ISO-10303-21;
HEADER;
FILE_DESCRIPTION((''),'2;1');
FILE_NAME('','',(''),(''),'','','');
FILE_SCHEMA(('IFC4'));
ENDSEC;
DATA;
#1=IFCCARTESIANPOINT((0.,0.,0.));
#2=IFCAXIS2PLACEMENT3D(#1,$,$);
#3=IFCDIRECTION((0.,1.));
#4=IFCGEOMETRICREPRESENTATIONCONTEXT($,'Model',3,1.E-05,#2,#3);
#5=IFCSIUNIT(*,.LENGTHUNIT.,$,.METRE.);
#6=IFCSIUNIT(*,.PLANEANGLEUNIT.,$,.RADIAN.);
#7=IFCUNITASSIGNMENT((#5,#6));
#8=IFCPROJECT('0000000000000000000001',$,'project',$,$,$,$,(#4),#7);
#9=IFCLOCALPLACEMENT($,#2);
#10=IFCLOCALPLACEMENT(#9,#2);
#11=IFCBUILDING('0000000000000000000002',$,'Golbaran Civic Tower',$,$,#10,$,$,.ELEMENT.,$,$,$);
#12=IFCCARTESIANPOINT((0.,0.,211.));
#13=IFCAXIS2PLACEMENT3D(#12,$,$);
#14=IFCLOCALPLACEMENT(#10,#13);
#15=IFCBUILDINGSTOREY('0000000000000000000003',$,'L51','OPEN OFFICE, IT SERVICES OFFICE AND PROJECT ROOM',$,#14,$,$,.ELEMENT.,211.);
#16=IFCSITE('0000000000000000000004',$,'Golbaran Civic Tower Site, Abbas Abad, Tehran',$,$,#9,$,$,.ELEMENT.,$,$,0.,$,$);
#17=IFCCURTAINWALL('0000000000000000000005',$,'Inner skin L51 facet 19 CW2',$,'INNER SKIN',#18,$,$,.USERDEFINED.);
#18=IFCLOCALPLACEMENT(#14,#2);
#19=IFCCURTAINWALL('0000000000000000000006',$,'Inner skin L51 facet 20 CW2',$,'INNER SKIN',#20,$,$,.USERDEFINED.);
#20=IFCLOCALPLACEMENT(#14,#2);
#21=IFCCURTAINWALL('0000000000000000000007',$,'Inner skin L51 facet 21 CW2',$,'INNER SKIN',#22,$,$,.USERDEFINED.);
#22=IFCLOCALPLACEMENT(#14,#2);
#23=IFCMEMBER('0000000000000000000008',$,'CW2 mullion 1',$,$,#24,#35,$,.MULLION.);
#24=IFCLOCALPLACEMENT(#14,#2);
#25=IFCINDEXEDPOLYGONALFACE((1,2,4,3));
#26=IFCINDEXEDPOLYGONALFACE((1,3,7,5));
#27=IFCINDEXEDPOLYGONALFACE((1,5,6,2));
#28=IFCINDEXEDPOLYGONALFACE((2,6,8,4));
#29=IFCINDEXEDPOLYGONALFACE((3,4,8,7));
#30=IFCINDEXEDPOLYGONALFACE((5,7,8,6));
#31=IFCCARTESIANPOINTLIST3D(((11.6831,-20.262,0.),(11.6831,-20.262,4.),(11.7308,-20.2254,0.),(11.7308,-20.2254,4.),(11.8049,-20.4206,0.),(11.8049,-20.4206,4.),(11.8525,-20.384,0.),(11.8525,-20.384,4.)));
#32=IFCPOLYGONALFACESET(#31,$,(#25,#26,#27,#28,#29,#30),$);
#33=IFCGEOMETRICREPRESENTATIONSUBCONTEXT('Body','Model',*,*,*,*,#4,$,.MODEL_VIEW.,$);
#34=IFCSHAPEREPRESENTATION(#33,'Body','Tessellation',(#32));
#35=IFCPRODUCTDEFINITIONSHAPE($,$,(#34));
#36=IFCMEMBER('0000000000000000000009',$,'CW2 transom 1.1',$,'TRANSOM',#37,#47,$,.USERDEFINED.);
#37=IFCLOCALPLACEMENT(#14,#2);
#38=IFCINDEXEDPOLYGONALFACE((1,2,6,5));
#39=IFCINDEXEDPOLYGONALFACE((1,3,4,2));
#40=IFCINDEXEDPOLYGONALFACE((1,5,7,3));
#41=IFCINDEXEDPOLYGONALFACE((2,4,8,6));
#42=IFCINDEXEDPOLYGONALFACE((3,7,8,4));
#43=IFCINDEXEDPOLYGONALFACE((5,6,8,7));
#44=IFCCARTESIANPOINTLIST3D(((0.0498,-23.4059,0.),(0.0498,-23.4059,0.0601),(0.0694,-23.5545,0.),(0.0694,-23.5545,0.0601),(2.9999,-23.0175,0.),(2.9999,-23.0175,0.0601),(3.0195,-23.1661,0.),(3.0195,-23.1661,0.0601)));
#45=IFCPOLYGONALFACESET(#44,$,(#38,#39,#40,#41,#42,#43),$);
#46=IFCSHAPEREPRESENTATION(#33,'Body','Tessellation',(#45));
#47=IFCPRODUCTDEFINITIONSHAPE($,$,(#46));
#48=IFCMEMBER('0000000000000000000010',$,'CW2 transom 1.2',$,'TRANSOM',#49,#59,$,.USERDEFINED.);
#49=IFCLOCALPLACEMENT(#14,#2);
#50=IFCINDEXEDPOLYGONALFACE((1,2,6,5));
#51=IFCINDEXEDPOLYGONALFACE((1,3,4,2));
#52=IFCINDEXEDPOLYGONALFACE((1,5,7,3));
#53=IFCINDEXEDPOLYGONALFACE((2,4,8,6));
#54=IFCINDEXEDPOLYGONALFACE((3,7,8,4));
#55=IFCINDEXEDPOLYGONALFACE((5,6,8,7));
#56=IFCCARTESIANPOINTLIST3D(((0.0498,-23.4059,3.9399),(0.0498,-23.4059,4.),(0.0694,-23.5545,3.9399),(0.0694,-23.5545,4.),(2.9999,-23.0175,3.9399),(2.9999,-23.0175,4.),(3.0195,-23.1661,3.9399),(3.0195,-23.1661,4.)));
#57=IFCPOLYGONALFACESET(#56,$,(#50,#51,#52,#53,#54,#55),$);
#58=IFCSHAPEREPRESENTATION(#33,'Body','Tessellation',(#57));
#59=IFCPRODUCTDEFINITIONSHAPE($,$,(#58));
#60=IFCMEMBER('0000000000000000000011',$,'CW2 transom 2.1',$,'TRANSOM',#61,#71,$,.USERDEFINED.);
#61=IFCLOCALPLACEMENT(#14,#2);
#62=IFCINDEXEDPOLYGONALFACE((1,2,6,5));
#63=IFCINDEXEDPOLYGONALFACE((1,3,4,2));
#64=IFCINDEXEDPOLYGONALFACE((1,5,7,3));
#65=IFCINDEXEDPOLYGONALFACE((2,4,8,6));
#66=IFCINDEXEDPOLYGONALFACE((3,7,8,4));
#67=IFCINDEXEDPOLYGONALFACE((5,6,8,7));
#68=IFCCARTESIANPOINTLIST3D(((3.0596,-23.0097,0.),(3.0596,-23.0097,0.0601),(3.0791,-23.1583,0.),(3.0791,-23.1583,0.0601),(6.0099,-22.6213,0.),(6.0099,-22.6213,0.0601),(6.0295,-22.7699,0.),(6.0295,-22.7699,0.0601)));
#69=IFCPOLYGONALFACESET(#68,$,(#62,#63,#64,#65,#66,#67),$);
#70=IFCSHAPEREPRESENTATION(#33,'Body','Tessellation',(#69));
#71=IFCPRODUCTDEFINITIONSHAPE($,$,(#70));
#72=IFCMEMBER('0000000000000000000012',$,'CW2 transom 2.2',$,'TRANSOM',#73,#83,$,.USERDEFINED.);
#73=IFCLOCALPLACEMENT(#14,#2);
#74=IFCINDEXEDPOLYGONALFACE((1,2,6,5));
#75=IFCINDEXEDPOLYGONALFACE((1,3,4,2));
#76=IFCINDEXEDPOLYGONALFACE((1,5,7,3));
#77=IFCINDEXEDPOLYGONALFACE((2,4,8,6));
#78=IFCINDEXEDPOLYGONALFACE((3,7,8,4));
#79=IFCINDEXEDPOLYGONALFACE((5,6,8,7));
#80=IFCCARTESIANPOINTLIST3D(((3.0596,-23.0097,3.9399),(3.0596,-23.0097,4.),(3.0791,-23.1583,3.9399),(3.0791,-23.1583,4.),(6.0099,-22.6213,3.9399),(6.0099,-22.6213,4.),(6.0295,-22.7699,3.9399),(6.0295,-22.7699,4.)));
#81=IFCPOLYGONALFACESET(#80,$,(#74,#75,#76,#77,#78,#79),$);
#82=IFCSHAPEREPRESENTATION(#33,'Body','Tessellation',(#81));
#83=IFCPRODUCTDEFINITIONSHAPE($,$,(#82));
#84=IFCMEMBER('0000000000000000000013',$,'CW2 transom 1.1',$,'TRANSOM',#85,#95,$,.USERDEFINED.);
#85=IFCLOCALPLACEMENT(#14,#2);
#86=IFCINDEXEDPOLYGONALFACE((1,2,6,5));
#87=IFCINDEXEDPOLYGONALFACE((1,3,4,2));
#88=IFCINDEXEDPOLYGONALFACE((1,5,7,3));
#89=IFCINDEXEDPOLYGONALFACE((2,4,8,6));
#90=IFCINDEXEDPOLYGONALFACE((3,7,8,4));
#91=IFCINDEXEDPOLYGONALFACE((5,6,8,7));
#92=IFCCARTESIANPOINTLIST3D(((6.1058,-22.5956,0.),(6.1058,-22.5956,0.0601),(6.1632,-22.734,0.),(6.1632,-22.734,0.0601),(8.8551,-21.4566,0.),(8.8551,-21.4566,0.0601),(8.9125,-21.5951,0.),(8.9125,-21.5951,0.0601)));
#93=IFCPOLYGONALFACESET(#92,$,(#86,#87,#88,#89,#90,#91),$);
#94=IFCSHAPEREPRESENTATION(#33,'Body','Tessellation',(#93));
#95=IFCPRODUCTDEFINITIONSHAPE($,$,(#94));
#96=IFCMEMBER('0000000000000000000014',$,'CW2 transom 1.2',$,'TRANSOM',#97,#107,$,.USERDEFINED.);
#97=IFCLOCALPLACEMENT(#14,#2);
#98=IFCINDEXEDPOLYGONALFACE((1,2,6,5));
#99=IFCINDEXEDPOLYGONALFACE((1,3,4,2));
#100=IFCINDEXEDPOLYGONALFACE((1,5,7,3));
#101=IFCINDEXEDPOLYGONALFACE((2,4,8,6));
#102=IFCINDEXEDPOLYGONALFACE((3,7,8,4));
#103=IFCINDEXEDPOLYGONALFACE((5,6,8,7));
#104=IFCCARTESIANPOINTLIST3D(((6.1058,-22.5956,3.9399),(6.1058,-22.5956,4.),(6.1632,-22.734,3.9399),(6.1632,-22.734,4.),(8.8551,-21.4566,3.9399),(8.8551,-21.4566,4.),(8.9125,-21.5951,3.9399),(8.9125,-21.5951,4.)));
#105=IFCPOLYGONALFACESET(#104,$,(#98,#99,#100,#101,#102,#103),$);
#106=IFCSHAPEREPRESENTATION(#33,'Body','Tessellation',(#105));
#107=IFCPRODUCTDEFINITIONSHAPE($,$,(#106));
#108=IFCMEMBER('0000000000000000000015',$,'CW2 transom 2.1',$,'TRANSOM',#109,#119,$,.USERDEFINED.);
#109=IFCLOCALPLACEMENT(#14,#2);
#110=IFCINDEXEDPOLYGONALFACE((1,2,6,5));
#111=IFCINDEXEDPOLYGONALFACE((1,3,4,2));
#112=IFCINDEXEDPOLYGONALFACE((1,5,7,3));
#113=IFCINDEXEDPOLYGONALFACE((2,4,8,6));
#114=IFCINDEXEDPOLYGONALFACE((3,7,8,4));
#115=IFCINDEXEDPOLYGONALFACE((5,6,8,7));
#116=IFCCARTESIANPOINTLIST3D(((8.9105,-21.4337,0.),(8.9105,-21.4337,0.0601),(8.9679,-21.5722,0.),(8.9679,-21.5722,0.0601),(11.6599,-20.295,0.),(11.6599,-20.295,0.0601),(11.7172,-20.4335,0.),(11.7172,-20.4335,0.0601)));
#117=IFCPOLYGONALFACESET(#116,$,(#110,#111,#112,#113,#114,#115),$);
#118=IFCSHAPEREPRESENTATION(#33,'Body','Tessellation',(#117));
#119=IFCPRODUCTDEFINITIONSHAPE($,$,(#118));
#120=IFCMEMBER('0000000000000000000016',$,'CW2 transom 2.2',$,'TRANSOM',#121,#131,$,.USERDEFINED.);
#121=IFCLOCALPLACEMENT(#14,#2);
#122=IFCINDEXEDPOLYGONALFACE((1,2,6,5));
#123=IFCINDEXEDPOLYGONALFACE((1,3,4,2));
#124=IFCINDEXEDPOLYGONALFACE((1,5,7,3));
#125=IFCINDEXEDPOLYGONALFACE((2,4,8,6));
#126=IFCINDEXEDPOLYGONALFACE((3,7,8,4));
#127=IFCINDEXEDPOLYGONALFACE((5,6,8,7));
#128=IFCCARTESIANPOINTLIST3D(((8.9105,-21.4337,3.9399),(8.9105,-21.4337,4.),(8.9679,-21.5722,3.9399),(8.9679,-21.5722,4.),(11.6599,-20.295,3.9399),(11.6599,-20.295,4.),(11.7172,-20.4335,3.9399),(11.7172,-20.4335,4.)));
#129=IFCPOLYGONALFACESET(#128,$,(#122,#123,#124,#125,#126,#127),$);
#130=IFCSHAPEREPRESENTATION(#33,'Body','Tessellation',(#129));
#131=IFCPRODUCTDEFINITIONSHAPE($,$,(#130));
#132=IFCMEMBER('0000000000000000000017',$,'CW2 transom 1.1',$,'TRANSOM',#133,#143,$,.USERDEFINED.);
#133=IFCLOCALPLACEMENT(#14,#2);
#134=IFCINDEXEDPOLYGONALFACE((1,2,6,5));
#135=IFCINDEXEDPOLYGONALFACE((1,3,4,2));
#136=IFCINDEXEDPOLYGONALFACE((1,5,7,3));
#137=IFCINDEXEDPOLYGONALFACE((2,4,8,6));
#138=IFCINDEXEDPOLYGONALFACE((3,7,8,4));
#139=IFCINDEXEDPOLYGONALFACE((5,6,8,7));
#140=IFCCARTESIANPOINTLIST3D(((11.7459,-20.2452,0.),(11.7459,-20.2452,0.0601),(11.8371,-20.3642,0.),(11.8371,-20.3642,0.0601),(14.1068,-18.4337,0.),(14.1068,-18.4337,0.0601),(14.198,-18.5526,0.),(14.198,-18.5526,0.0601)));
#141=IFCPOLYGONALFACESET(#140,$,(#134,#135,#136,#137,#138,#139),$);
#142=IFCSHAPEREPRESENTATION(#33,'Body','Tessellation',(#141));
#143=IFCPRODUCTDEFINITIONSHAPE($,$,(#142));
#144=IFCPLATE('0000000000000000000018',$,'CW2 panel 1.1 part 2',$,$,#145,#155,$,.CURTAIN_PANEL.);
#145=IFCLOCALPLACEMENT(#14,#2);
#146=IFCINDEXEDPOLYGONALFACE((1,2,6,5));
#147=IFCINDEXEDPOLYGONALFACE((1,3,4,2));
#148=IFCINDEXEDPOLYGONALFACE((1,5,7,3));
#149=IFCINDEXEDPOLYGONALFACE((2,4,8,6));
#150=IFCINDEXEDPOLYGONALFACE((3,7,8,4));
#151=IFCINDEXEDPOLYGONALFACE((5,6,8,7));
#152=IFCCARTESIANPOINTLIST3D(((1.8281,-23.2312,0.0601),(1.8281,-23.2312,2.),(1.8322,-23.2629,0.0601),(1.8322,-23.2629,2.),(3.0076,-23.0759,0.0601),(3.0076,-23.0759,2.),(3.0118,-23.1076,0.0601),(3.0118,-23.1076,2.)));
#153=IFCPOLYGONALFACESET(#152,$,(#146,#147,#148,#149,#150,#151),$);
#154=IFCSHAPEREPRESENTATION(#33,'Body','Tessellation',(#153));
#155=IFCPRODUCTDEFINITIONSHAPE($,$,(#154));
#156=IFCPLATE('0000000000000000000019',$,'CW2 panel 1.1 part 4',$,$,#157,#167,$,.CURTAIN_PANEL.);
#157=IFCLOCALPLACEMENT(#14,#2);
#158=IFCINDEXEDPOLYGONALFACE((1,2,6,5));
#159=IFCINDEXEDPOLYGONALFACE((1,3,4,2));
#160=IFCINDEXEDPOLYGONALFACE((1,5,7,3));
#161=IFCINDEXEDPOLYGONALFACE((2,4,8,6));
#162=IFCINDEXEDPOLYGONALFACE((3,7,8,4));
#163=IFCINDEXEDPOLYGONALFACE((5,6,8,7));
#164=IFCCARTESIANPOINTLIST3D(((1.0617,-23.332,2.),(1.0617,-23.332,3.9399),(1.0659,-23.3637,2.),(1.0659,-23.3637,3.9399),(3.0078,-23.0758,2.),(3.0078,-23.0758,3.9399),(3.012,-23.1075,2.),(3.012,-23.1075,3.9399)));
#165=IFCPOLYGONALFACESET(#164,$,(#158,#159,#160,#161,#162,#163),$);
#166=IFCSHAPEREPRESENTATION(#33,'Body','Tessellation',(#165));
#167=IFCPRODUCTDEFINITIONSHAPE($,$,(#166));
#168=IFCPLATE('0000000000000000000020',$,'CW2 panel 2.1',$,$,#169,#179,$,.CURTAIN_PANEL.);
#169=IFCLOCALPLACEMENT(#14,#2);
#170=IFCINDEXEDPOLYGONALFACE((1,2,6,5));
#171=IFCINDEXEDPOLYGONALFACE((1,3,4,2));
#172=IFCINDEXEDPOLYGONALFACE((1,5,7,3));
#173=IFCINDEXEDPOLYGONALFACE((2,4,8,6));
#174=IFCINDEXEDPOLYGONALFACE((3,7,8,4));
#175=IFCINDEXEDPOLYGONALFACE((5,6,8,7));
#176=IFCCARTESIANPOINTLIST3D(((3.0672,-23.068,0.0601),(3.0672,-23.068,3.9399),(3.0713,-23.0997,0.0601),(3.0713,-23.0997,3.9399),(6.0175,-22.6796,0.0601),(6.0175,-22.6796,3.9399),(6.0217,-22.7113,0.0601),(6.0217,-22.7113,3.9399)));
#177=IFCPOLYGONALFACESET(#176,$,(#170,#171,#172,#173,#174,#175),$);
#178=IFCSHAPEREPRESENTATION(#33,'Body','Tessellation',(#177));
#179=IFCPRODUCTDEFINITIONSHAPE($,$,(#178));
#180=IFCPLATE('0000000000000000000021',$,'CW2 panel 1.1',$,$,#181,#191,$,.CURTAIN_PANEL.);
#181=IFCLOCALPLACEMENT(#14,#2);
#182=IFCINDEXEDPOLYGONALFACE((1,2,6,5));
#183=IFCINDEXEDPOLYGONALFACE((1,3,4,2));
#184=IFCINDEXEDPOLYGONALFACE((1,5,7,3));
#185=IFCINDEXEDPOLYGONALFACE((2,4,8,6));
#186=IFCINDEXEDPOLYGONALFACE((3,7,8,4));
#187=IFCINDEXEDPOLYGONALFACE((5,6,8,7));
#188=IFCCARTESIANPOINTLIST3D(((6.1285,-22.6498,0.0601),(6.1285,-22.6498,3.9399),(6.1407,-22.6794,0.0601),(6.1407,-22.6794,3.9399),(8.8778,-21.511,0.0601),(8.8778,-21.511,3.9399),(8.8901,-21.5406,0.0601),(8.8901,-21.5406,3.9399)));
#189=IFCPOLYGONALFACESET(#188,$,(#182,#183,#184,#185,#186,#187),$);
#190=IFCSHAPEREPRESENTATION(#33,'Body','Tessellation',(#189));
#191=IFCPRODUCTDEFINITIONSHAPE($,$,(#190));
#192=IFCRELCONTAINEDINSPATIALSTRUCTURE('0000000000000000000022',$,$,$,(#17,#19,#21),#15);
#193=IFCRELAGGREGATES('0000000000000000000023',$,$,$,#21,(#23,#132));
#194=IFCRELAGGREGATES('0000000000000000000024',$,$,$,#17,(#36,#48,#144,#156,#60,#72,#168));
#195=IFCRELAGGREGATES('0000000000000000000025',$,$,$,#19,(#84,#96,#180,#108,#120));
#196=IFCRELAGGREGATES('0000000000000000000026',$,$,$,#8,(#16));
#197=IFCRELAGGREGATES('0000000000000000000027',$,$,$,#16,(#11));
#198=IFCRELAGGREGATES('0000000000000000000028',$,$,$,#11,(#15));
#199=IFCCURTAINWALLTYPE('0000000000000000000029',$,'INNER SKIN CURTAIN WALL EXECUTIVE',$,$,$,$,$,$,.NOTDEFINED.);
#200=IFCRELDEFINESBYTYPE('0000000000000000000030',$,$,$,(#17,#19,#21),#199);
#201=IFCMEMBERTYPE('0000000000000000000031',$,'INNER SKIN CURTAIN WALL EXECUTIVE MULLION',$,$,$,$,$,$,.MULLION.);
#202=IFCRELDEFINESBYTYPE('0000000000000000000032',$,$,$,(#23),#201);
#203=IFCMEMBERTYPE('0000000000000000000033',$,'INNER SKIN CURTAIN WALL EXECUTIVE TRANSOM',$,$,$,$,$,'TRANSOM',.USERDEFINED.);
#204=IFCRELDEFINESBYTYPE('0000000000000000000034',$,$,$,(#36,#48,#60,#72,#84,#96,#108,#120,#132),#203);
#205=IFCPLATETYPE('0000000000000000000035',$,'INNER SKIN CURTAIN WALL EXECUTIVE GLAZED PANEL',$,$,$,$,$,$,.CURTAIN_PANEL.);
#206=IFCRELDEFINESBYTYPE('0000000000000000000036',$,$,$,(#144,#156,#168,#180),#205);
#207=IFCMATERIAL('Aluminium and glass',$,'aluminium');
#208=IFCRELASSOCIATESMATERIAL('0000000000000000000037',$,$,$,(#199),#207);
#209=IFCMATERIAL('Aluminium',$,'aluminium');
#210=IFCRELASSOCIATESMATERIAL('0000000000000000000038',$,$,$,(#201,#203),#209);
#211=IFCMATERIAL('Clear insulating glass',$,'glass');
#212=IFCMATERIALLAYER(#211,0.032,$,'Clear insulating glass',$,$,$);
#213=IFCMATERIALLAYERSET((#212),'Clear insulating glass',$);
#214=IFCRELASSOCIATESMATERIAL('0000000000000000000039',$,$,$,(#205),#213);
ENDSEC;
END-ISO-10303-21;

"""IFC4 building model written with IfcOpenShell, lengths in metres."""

from ifc_helpers import new_model, si_unit, direction, frame, origin, origin_2d, place, context, subcontext, project, spatial, rectangle, extrude, material, layer, layer_set, material_profile, profile_set, type_object, element, aggregate, save


model = new_model("IFC4")

# Units and contexts
model_context = context("Model", 3, precision=1e-05, world=origin(), true_north=direction((0.0, 1.0)))
body_context = subcontext(model_context, "Body", "Model", "MODEL_VIEW")
ifc_project = project(units=[si_unit("LENGTHUNIT", "METRE"), si_unit("PLANEANGLEUNIT", "RADIAN")], contexts=[model_context])

# Site, building, storey
site_placement = place(None, origin())
site = spatial("IfcSite", under=ifc_project, at=site_placement, Name="Golbaran Civic Tower Site, Abbas Abad, Tehran", CompositionType="ELEMENT", RefElevation=0.0)
building_placement = place(site_placement, origin())
building = spatial("IfcBuilding", under=site, at=building_placement, Name="Golbaran Civic Tower", CompositionType="ELEMENT")
storey_placement = place(building_placement, frame((0.0, 0.0, 211.0)))
storey = spatial("IfcBuildingStorey", under=building, at=storey_placement, Name="L51", Description="OPEN OFFICE, IT SERVICES OFFICE AND PROJECT ROOM", CompositionType="ELEMENT", Elevation=211.0)

# Shared definitions
ifc_material_1 = material(Name="Aluminium and glass", Category="aluminium")
curtain_wall_type = type_object("IfcCurtainWallType", Name="INNER SKIN CURTAIN WALL EXECUTIVE", PredefinedType="NOTDEFINED", material=ifc_material_1)
ifc_material_2 = material(Name="Aluminium", Category="aluminium")
ifc_material_profile_1 = material_profile(ifc_material_2, rectangle(XDim=0.2, YDim=0.0601, at=origin_2d()), Name="INNER SKIN CURTAIN WALL EXECUTIVE MULLION")
ifc_profile_set_1 = profile_set([ifc_material_profile_1], Name="Aluminium")
member_type_1 = type_object("IfcMemberType", Name="INNER SKIN CURTAIN WALL EXECUTIVE MULLION", PredefinedType="MULLION", material=ifc_profile_set_1)

# Curtain walls
curtain_wall_1_placement = place(storey_placement, origin())
curtain_wall_1 = element("IfcCurtainWall", 1, at=curtain_wall_1_placement, inside=storey, type_object=curtain_wall_type, Name="Inner skin L51 facet 19 CW2", ObjectType="INNER SKIN", PredefinedType="USERDEFINED")
curtain_wall_2_placement = place(storey_placement, origin())
curtain_wall_2 = element("IfcCurtainWall", 2, at=curtain_wall_2_placement, inside=storey, type_object=curtain_wall_type, Name="Inner skin L51 facet 20 CW2", ObjectType="INNER SKIN", PredefinedType="USERDEFINED")

# Curtain wall, member
curtain_wall_3_placement = place(storey_placement, origin())
curtain_wall_3 = element("IfcCurtainWall", 3, at=curtain_wall_3_placement, inside=storey, type_object=curtain_wall_type, Name="Inner skin L51 facet 21 CW2", ObjectType="INNER SKIN", PredefinedType="USERDEFINED")
member_1_placement = place(storey_placement, frame((11.7678, -20.323, 0.0), z_axis=(0.0, 0.0, 1.0), x_axis=(-0.608761, 0.793353, 0.0)))
member_1 = element("IfcMember", 4, at=member_1_placement, type_object=member_type_1, Name="CW2 mullion 1", PredefinedType="MULLION", context=body_context, shape_type="SweptSolid", body=[
    extrude(rectangle(XDim=0.2, YDim=0.0601, at=origin_2d()), origin(), (0.0, 0.0, 1.0), 4.0),
])

# Members
ifc_material_profile_2 = material_profile(ifc_material_2, rectangle(XDim=0.1499, YDim=0.0601, at=origin_2d()), Name="INNER SKIN CURTAIN WALL EXECUTIVE TRANSOM")
ifc_profile_set_2 = profile_set([ifc_material_profile_2], Name="Aluminium")
member_type_2 = type_object("IfcMemberType", Name="INNER SKIN CURTAIN WALL EXECUTIVE TRANSOM", ElementType="TRANSOM", PredefinedType="USERDEFINED", material=ifc_profile_set_2)
member_2_placement = place(storey_placement, frame((0.0596, -23.4802, 0.03), z_axis=(0.991444, 0.130535, 0.0), x_axis=(-0.130535, 0.991444, 0.0)))
member_2 = element("IfcMember", 5, at=member_2_placement, type_object=member_type_2, Name="CW2 transom 1.1", ObjectType="TRANSOM", PredefinedType="USERDEFINED", context=body_context, shape_type="SweptSolid", body=[
    extrude(rectangle(XDim=0.1499, YDim=0.0601, at=origin_2d()), origin(), (0.0, 0.0, 1.0), 2.9756),
])
member_3_placement = place(storey_placement, frame((0.0596, -23.4802, 3.97), z_axis=(0.991444, 0.130535, 0.0), x_axis=(-0.130535, 0.991444, 0.0)))
member_3 = element("IfcMember", 6, at=member_3_placement, type_object=member_type_2, Name="CW2 transom 1.2", ObjectType="TRANSOM", PredefinedType="USERDEFINED", context=body_context, shape_type="SweptSolid", body=[
    extrude(rectangle(XDim=0.1499, YDim=0.0601, at=origin_2d()), origin(), (0.0, 0.0, 1.0), 2.9756),
])
member_4_placement = place(storey_placement, frame((3.0693, -23.084, 0.03), z_axis=(0.991445, 0.130525, 0.0), x_axis=(-0.130525, 0.991445, 0.0)))
member_4 = element("IfcMember", 7, at=member_4_placement, type_object=member_type_2, Name="CW2 transom 2.1", ObjectType="TRANSOM", PredefinedType="USERDEFINED", context=body_context, shape_type="SweptSolid", body=[
    extrude(rectangle(XDim=0.1499, YDim=0.0601, at=origin_2d()), origin(), (0.0, 0.0, 1.0), 2.9758),
])
member_5_placement = place(storey_placement, frame((3.0693, -23.084, 3.97), z_axis=(0.991445, 0.130525, 0.0), x_axis=(-0.130525, 0.991445, 0.0)))
member_5 = element("IfcMember", 8, at=member_5_placement, type_object=member_type_2, Name="CW2 transom 2.2", ObjectType="TRANSOM", PredefinedType="USERDEFINED", context=body_context, shape_type="SweptSolid", body=[
    extrude(rectangle(XDim=0.1499, YDim=0.0601, at=origin_2d()), origin(), (0.0, 0.0, 1.0), 2.9758),
])
member_6_placement = place(storey_placement, frame((6.1345, -22.6648, 0.03), z_axis=(0.923864, 0.382721, 0.0), x_axis=(-0.382721, 0.923864, 0.0)))
member_6 = element("IfcMember", 9, at=member_6_placement, type_object=member_type_2, Name="CW2 transom 1.1", ObjectType="TRANSOM", PredefinedType="USERDEFINED", context=body_context, shape_type="SweptSolid", body=[
    extrude(rectangle(XDim=0.1499, YDim=0.0601, at=origin_2d()), origin(), (0.0, 0.0, 1.0), 2.9758),
])
member_7_placement = place(storey_placement, frame((6.1345, -22.6648, 3.97), z_axis=(0.923864, 0.382721, 0.0), x_axis=(-0.382721, 0.923864, 0.0)))
member_7 = element("IfcMember", 10, at=member_7_placement, type_object=member_type_2, Name="CW2 transom 1.2", ObjectType="TRANSOM", PredefinedType="USERDEFINED", context=body_context, shape_type="SweptSolid", body=[
    extrude(rectangle(XDim=0.1499, YDim=0.0601, at=origin_2d()), origin(), (0.0, 0.0, 1.0), 2.9758),
])
member_8_placement = place(storey_placement, frame((8.9392, -21.5029, 0.03), z_axis=(0.923893, 0.382651, 0.0), x_axis=(-0.382651, 0.923893, 0.0)))
member_8 = element("IfcMember", 11, at=member_8_placement, type_object=member_type_2, Name="CW2 transom 2.1", ObjectType="TRANSOM", PredefinedType="USERDEFINED", context=body_context, shape_type="SweptSolid", body=[
    extrude(rectangle(XDim=0.1499, YDim=0.0601, at=origin_2d()), origin(), (0.0, 0.0, 1.0), 2.9758),
])
member_9_placement = place(storey_placement, frame((8.9392, -21.5029, 3.97), z_axis=(0.923893, 0.382651, 0.0), x_axis=(-0.382651, 0.923893, 0.0)))
member_9 = element("IfcMember", 12, at=member_9_placement, type_object=member_type_2, Name="CW2 transom 2.2", ObjectType="TRANSOM", PredefinedType="USERDEFINED", context=body_context, shape_type="SweptSolid", body=[
    extrude(rectangle(XDim=0.1499, YDim=0.0601, at=origin_2d()), origin(), (0.0, 0.0, 1.0), 2.9758),
])
member_10_placement = place(storey_placement, frame((11.7915, -20.3047, 0.03), z_axis=(0.793355, 0.608759, 0.0), x_axis=(-0.608759, 0.793355, 0.0)))
member_10 = element("IfcMember", 13, at=member_10_placement, type_object=member_type_2, Name="CW2 transom 1.1", ObjectType="TRANSOM", PredefinedType="USERDEFINED", context=body_context, shape_type="SweptSolid", body=[
    extrude(rectangle(XDim=0.1499, YDim=0.0601, at=origin_2d()), origin(), (0.0, 0.0, 1.0), 2.9758),
])
aggregate(curtain_wall_3, [member_1, member_10])

# Plates
ifc_material_3 = material(Name="Clear insulating glass", Category="glass")
ifc_layer_1 = layer(ifc_material_3, 0.032, Name="Clear insulating glass")
ifc_layer_set_1 = layer_set([ifc_layer_1], Name="Clear insulating glass")
plate_type_1 = type_object("IfcPlateType", Name="INNER SKIN CURTAIN WALL EXECUTIVE GLAZED PANEL", PredefinedType="CURTAIN_PANEL", material=ifc_layer_set_1)
plate_1_placement = place(storey_placement, frame((2.4199, -23.1694, 0.0601), z_axis=(0.0, 0.0, 1.0), x_axis=(0.991445, 0.130526, 0.0)))
plate_1 = element("IfcPlate", 14, at=plate_1_placement, type_object=plate_type_1, Name="CW2 panel 1.1 part 2", PredefinedType="CURTAIN_PANEL", context=body_context, shape_type="SweptSolid", body=[
    extrude(rectangle(XDim=1.1897, YDim=0.032, at=origin_2d()), origin(), (0.0, 0.0, 1.0), 1.9399),
])
plate_2_placement = place(storey_placement, frame((2.0369, -23.2197, 2.0), z_axis=(0.0, 0.0, 1.0), x_axis=(0.991445, 0.130526, 0.0)))
plate_2 = element("IfcPlate", 15, at=plate_2_placement, type_object=plate_type_1, Name="CW2 panel 1.1 part 4", PredefinedType="CURTAIN_PANEL", context=body_context, shape_type="SweptSolid", body=[
    extrude(rectangle(XDim=1.9629, YDim=0.032, at=origin_2d()), origin(), (0.0, 0.0, 1.0), 1.9399),
])
plate_3_placement = place(storey_placement, frame((4.5444, -22.8896, 0.0601), z_axis=(0.0, 0.0, 1.0), x_axis=(0.991445, 0.130526, 0.0)))
plate_3 = element("IfcPlate", 16, at=plate_3_placement, type_object=plate_type_1, Name="CW2 panel 2.1", PredefinedType="CURTAIN_PANEL", context=body_context, shape_type="SweptSolid", body=[
    extrude(rectangle(XDim=2.9758, YDim=0.032, at=origin_2d()), origin(), (0.0, 0.0, 1.0), 3.8799),
])
plate_4_placement = place(storey_placement, frame((7.5093, -22.0952, 0.0601), z_axis=(0.0, 0.0, 1.0), x_axis=(0.92388, 0.382683, 0.0)))
plate_4 = element("IfcPlate", 17, at=plate_4_placement, type_object=plate_type_1, Name="CW2 panel 1.1", PredefinedType="CURTAIN_PANEL", context=body_context, shape_type="SweptSolid", body=[
    extrude(rectangle(XDim=2.9758, YDim=0.032, at=origin_2d()), origin(), (0.0, 0.0, 1.0), 3.8799),
])
aggregate(curtain_wall_1, [member_2, member_3, plate_1, plate_2, member_4, member_5, plate_3])
aggregate(curtain_wall_2, [member_6, member_7, plate_4, member_8, member_9])

save(model, "model.ifc")
